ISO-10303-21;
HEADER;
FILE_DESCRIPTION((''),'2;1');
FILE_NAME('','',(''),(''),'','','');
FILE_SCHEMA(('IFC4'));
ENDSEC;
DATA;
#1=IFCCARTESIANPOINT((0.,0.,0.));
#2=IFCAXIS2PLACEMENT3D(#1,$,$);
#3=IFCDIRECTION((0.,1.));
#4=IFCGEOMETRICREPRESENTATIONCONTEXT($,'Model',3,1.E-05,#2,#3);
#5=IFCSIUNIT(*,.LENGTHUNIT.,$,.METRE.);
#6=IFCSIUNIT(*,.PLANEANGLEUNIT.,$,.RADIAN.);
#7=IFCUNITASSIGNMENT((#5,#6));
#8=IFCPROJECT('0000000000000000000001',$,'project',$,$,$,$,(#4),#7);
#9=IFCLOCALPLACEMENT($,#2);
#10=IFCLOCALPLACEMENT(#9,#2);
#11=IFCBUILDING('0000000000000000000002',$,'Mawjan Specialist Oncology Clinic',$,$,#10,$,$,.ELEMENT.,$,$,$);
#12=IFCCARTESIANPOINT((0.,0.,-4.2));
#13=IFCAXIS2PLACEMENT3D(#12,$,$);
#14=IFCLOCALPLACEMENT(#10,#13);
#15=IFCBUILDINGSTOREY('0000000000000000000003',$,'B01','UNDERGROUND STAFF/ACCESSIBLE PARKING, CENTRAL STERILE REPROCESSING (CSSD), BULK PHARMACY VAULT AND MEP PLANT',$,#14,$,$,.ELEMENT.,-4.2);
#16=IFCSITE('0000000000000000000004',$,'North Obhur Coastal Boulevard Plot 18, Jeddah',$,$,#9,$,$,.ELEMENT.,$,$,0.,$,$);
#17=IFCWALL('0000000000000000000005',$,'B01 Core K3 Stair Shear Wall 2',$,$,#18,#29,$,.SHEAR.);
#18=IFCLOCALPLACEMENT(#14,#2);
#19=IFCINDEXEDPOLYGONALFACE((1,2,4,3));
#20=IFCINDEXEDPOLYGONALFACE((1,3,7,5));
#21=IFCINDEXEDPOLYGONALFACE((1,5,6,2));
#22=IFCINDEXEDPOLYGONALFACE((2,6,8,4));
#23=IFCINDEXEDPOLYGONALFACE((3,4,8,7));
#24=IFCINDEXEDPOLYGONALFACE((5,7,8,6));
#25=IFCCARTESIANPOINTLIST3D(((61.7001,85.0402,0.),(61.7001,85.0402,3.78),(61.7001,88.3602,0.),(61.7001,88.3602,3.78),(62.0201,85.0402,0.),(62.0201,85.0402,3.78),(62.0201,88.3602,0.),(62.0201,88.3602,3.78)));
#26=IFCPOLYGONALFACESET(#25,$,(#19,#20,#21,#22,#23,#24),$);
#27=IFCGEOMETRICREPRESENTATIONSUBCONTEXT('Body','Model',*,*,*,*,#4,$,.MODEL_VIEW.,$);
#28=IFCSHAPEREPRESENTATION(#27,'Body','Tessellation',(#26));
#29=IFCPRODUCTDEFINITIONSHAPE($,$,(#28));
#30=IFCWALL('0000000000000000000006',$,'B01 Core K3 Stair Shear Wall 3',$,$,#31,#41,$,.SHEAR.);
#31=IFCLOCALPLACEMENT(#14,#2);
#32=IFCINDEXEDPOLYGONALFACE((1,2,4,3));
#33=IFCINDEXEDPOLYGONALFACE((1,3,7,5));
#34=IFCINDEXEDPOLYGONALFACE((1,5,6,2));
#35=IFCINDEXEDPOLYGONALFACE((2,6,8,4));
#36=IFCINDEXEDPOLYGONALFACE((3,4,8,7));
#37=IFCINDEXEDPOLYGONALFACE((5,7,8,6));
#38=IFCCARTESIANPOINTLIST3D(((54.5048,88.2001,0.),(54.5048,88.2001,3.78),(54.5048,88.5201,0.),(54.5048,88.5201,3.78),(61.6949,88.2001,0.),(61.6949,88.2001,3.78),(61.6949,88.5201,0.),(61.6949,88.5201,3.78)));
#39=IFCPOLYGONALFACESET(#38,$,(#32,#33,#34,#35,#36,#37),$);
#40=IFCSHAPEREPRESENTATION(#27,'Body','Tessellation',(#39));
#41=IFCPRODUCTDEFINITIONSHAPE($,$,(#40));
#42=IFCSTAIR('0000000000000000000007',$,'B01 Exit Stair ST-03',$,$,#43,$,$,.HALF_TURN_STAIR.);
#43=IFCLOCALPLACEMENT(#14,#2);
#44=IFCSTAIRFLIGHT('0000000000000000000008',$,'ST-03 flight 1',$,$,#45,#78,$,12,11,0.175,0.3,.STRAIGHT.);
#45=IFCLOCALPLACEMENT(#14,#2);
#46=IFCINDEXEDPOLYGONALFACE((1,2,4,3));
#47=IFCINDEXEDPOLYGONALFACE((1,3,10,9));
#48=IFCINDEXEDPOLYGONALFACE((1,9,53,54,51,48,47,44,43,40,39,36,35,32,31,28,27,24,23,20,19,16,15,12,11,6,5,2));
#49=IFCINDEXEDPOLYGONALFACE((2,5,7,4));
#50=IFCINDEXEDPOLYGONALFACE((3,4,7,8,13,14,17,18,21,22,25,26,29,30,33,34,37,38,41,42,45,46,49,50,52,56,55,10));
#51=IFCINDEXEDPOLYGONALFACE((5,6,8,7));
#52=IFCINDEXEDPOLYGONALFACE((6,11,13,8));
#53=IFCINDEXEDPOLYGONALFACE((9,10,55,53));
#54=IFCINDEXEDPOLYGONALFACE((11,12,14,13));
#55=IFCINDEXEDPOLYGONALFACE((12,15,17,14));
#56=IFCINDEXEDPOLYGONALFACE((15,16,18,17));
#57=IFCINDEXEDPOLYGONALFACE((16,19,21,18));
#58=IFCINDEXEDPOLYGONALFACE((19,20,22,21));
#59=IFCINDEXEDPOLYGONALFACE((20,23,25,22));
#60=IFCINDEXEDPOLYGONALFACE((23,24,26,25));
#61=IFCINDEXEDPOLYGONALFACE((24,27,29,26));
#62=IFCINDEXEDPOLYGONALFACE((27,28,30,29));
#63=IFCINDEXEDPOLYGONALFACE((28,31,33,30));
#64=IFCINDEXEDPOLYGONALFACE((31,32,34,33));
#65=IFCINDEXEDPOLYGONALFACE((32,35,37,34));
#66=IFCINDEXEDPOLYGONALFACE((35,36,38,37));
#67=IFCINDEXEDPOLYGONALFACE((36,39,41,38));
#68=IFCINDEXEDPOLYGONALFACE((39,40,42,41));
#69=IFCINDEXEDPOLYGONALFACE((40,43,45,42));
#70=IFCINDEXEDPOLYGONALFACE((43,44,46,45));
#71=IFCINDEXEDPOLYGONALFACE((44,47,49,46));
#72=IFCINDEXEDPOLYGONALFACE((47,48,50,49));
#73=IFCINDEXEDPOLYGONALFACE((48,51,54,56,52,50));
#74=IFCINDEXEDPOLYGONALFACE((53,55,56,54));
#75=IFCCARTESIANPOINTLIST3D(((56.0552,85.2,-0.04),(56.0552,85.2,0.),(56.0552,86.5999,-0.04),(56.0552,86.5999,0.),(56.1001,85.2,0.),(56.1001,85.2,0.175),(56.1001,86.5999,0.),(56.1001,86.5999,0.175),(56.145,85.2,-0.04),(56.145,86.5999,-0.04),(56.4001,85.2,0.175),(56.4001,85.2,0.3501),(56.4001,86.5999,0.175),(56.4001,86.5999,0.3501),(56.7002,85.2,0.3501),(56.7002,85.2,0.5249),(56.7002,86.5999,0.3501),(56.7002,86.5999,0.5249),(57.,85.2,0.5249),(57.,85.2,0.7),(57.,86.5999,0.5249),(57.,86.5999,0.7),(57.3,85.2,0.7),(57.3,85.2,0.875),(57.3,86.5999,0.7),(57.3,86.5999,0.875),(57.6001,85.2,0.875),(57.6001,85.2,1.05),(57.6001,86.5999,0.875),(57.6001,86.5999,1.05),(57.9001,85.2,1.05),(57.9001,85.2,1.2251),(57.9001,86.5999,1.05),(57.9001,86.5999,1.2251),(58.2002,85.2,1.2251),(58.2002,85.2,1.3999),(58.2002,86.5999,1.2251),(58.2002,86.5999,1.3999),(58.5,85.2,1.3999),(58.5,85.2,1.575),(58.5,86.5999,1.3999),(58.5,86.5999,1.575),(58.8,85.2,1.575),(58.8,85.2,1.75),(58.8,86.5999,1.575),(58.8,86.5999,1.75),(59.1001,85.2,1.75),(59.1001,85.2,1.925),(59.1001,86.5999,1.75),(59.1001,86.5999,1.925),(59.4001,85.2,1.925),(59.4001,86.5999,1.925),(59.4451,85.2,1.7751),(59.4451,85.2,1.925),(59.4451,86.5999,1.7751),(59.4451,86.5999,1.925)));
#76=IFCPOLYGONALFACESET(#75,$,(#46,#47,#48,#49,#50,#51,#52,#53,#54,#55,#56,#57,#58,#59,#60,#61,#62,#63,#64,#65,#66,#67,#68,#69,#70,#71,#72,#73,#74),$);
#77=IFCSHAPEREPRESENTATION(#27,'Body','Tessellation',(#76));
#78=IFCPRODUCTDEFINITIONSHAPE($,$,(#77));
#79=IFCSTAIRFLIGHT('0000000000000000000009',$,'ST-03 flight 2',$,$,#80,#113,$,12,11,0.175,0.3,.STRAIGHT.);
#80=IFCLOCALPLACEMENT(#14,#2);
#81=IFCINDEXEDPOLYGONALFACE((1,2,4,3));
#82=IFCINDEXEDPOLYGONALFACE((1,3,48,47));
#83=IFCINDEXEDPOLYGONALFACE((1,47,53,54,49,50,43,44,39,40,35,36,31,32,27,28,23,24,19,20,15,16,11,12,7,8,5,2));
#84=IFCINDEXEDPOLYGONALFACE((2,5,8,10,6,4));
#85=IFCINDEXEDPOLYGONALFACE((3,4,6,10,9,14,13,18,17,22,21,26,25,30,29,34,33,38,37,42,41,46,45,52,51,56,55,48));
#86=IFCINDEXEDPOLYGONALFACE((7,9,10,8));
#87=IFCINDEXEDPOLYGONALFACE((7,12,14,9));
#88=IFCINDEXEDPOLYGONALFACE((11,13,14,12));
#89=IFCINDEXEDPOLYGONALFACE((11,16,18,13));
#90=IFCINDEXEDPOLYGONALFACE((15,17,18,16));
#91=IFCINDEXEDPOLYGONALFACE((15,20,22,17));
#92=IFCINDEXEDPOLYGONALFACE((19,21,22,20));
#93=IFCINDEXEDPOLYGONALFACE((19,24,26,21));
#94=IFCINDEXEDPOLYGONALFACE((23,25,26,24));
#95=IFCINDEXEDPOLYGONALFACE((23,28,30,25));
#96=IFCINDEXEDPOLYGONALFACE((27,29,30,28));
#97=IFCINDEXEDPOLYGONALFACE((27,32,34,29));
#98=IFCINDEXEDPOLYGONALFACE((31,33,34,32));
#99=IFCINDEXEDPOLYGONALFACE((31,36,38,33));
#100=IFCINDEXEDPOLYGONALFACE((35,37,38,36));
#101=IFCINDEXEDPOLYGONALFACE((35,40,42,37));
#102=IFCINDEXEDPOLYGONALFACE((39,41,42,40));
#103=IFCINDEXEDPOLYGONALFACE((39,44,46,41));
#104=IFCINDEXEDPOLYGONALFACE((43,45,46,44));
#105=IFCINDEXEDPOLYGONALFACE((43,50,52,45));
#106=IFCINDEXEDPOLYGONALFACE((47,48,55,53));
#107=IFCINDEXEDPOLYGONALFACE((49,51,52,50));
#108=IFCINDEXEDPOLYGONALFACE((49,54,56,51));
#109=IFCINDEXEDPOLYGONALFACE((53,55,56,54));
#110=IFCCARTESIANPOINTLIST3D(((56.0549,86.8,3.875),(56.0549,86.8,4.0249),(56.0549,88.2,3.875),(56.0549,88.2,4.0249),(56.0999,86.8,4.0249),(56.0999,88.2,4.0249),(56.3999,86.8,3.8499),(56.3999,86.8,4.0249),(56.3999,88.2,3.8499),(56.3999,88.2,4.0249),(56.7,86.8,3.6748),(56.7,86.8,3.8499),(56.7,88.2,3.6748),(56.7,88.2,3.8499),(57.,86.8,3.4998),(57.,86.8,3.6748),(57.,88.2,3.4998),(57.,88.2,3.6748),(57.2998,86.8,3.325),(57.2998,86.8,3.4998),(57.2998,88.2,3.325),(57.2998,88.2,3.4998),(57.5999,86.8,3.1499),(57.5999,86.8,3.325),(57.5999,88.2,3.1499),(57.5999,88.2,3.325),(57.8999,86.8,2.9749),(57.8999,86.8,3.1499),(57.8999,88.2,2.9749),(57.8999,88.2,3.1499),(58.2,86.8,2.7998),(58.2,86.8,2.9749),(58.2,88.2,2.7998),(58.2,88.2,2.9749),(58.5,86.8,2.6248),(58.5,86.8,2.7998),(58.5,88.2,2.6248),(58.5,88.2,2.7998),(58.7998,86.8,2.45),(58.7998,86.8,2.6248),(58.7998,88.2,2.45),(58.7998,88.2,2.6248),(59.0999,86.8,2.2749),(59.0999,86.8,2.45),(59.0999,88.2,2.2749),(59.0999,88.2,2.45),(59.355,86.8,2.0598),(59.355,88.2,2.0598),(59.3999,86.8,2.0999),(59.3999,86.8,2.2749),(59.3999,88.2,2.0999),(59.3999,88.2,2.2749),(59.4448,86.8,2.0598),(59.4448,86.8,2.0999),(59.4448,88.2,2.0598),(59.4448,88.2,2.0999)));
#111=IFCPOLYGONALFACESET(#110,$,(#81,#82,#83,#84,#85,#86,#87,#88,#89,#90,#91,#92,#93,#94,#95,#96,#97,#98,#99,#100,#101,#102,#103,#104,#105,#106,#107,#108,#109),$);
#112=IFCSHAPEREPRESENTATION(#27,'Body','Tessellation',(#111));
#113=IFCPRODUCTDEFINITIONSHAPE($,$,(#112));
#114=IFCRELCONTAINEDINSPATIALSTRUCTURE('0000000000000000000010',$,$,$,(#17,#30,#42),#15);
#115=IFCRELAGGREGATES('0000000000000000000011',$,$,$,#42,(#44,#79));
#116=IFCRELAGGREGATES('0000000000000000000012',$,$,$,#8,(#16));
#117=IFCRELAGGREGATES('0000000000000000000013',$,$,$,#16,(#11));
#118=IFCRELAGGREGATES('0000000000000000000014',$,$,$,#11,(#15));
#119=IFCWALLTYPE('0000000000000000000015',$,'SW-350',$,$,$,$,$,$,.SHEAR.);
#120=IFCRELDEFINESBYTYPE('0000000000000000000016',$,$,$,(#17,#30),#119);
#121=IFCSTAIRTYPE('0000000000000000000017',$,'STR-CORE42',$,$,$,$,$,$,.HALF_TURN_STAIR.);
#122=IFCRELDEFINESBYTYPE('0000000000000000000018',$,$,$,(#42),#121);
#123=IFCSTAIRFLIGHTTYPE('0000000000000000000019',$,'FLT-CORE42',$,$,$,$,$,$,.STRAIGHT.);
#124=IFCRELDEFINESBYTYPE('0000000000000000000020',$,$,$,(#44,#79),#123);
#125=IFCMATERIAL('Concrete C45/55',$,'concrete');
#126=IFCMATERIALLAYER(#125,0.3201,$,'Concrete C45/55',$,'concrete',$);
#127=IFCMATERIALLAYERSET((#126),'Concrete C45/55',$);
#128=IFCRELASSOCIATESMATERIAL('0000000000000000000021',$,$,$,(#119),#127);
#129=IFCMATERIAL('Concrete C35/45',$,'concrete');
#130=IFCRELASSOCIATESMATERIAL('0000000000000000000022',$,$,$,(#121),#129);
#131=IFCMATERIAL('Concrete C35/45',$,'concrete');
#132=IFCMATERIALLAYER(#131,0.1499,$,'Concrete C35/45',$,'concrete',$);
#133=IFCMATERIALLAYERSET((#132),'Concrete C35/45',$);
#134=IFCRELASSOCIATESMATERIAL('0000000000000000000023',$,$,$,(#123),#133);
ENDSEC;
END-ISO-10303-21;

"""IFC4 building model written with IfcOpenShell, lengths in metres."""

from ifc_helpers import new_model, si_unit, direction, frame, frame_2d, origin, place, context, subcontext, project, spatial, polyline, rectangle, outline, extrude, material, layer, layer_set, type_object, element, aggregate, save


model = new_model("IFC4")

# Units and contexts
model_context = context("Model", 3, precision=1e-05, world=origin(), true_north=direction((0.0, 1.0)))
body_context = subcontext(model_context, "Body", "Model", "MODEL_VIEW")
ifc_project = project(units=[si_unit("LENGTHUNIT", "METRE"), si_unit("PLANEANGLEUNIT", "RADIAN")], contexts=[model_context])

# Site, building, storey
site_placement = place(None, origin())
site = spatial("IfcSite", under=ifc_project, at=site_placement, Name="North Obhur Coastal Boulevard Plot 18, Jeddah", CompositionType="ELEMENT", RefElevation=0.0)
building_placement = place(site_placement, origin())
building = spatial("IfcBuilding", under=site, at=building_placement, Name="Mawjan Specialist Oncology Clinic", CompositionType="ELEMENT")
storey_placement = place(building_placement, frame((0.0, 0.0, -4.2)))
storey = spatial("IfcBuildingStorey", under=building, at=storey_placement, Name="B01", Description="UNDERGROUND STAFF/ACCESSIBLE PARKING, CENTRAL STERILE REPROCESSING (CSSD), BULK PHARMACY VAULT AND MEP PLANT", CompositionType="ELEMENT", Elevation=-4.2)

# Walls
ifc_material_1 = material(Name="Concrete C45/55", Category="concrete")
ifc_layer_1 = layer(ifc_material_1, 0.3201, Name="Concrete C45/55", Category="concrete")
ifc_layer_set_1 = layer_set([ifc_layer_1], Name="Concrete C45/55")
wall_type = type_object("IfcWallType", Name="SW-350", PredefinedType="SHEAR", material=ifc_layer_set_1)
wall_1_placement = place(storey_placement, frame((61.8601, 85.04, 0.0), z_axis=(0.0, 0.0, 1.0), x_axis=(0.0, 1.0, 0.0)))
element("IfcWall", 1, at=wall_1_placement, inside=storey, type_object=wall_type, Name="B01 Core K3 Stair Shear Wall 2", PredefinedType="SHEAR", context=body_context, shape_type="SweptSolid", body=[
    extrude(rectangle(XDim=3.3201, YDim=0.3201, at=frame_2d((1.6602, 0.0))), origin(), (0.0, 0.0, 1.0), 3.78),
])
wall_2_placement = place(storey_placement, frame((61.6951, 88.3601, 0.0), z_axis=(0.0, 0.0, 1.0), x_axis=(-1.0, 0.0, 0.0)))
element("IfcWall", 2, at=wall_2_placement, inside=storey, type_object=wall_type, Name="B01 Core K3 Stair Shear Wall 3", PredefinedType="SHEAR", context=body_context, shape_type="SweptSolid", body=[
    extrude(rectangle(XDim=7.1902, YDim=0.3201, at=frame_2d((3.5952, 0.0))), origin(), (0.0, 0.0, 1.0), 3.78),
])

# Stair, stair flights
ifc_material_2 = material(Name="Concrete C35/45", Category="concrete")
stair_type = type_object("IfcStairType", Name="STR-CORE42", PredefinedType="HALF_TURN_STAIR", material=ifc_material_2)
stair_placement = place(storey_placement, origin())
stair = element("IfcStair", 3, at=stair_placement, inside=storey, type_object=stair_type, Name="B01 Exit Stair ST-03", PredefinedType="HALF_TURN_STAIR")
ifc_material_3 = material(Name="Concrete C35/45", Category="concrete")
ifc_layer_2 = layer(ifc_material_3, 0.1499, Name="Concrete C35/45", Category="concrete")
ifc_layer_set_2 = layer_set([ifc_layer_2], Name="Concrete C35/45")
stair_flight_type = type_object("IfcStairFlightType", Name="FLT-CORE42", PredefinedType="STRAIGHT", material=ifc_layer_set_2)
stair_flight_1_placement = place(storey_placement, frame((56.1001, 85.8999, 0.0), z_axis=(0.0, 0.0, 1.0), x_axis=(1.0, 0.0, 0.0)))
stair_flight_1 = element("IfcStairFlight", 4, at=stair_flight_1_placement, type_object=stair_flight_type, Name="ST-03 flight 1", NumberOfRisers=12, NumberOfTreads=11, PredefinedType="STRAIGHT", RiserHeight=0.175, TreadLength=0.3, context=body_context, shape_type="SweptSolid", body=[
    extrude(outline(polyline([(-0.0449, -0.04), (-0.0449, 0.0), (0.0, 0.0), (0.0, 0.175), (0.3, 0.175), (0.3, 0.3501), (0.6001, 0.3501), (0.6001, 0.5249), (0.8999, 0.5249), (0.8999, 0.7), (1.2, 0.7), (1.2, 0.875), (1.5, 0.875), (1.5, 1.05), (1.8, 1.05), (1.8, 1.2251), (2.1001, 1.2251), (2.1001, 1.3999), (2.3999, 1.3999), (2.3999, 1.575), (2.7, 1.575), (2.7, 1.75), (3.0, 1.75), (3.0, 1.925), (3.3, 1.925), (3.345, 1.925), (3.345, 1.7751), (0.0449, -0.04), (-0.0449, -0.04)])), frame((0.0, 0.7, 0.0), z_axis=(0.0, -1.0, 0.0), x_axis=(1.0, 0.0, 0.0)), (0.0, 0.0, 1.0), 1.3999),
])
stair_flight_2_placement = place(storey_placement, frame((59.3999, 87.5, 2.0999), z_axis=(0.0, 0.0, 1.0), x_axis=(-1.0, 0.0, 0.0)))
stair_flight_2 = element("IfcStairFlight", 5, at=stair_flight_2_placement, type_object=stair_flight_type, Name="ST-03 flight 2", NumberOfRisers=12, NumberOfTreads=11, PredefinedType="STRAIGHT", RiserHeight=0.175, TreadLength=0.3, context=body_context, shape_type="SweptSolid", body=[
    extrude(outline(polyline([(-0.0449, -0.04), (-0.0449, 0.0), (0.0, 0.0), (0.0, 0.175), (0.3, 0.175), (0.3, 0.3501), (0.6001, 0.3501), (0.6001, 0.5249), (0.8999, 0.5249), (0.8999, 0.7), (1.2, 0.7), (1.2, 0.875), (1.5, 0.875), (1.5, 1.05), (1.8, 1.05), (1.8, 1.2251), (2.1001, 1.2251), (2.1001, 1.3999), (2.3999, 1.3999), (2.3999, 1.575), (2.7, 1.575), (2.7, 1.75), (3.0, 1.75), (3.0, 1.925), (3.3, 1.925), (3.345, 1.925), (3.345, 1.7751), (0.0449, -0.04), (-0.0449, -0.04)])), frame((0.0, 0.7, 0.0), z_axis=(0.0, -1.0, 0.0), x_axis=(1.0, 0.0, 0.0)), (0.0, 0.0, 1.0), 1.3999),
])
aggregate(stair, [stair_flight_1, stair_flight_2])

save(model, "model.ifc")
